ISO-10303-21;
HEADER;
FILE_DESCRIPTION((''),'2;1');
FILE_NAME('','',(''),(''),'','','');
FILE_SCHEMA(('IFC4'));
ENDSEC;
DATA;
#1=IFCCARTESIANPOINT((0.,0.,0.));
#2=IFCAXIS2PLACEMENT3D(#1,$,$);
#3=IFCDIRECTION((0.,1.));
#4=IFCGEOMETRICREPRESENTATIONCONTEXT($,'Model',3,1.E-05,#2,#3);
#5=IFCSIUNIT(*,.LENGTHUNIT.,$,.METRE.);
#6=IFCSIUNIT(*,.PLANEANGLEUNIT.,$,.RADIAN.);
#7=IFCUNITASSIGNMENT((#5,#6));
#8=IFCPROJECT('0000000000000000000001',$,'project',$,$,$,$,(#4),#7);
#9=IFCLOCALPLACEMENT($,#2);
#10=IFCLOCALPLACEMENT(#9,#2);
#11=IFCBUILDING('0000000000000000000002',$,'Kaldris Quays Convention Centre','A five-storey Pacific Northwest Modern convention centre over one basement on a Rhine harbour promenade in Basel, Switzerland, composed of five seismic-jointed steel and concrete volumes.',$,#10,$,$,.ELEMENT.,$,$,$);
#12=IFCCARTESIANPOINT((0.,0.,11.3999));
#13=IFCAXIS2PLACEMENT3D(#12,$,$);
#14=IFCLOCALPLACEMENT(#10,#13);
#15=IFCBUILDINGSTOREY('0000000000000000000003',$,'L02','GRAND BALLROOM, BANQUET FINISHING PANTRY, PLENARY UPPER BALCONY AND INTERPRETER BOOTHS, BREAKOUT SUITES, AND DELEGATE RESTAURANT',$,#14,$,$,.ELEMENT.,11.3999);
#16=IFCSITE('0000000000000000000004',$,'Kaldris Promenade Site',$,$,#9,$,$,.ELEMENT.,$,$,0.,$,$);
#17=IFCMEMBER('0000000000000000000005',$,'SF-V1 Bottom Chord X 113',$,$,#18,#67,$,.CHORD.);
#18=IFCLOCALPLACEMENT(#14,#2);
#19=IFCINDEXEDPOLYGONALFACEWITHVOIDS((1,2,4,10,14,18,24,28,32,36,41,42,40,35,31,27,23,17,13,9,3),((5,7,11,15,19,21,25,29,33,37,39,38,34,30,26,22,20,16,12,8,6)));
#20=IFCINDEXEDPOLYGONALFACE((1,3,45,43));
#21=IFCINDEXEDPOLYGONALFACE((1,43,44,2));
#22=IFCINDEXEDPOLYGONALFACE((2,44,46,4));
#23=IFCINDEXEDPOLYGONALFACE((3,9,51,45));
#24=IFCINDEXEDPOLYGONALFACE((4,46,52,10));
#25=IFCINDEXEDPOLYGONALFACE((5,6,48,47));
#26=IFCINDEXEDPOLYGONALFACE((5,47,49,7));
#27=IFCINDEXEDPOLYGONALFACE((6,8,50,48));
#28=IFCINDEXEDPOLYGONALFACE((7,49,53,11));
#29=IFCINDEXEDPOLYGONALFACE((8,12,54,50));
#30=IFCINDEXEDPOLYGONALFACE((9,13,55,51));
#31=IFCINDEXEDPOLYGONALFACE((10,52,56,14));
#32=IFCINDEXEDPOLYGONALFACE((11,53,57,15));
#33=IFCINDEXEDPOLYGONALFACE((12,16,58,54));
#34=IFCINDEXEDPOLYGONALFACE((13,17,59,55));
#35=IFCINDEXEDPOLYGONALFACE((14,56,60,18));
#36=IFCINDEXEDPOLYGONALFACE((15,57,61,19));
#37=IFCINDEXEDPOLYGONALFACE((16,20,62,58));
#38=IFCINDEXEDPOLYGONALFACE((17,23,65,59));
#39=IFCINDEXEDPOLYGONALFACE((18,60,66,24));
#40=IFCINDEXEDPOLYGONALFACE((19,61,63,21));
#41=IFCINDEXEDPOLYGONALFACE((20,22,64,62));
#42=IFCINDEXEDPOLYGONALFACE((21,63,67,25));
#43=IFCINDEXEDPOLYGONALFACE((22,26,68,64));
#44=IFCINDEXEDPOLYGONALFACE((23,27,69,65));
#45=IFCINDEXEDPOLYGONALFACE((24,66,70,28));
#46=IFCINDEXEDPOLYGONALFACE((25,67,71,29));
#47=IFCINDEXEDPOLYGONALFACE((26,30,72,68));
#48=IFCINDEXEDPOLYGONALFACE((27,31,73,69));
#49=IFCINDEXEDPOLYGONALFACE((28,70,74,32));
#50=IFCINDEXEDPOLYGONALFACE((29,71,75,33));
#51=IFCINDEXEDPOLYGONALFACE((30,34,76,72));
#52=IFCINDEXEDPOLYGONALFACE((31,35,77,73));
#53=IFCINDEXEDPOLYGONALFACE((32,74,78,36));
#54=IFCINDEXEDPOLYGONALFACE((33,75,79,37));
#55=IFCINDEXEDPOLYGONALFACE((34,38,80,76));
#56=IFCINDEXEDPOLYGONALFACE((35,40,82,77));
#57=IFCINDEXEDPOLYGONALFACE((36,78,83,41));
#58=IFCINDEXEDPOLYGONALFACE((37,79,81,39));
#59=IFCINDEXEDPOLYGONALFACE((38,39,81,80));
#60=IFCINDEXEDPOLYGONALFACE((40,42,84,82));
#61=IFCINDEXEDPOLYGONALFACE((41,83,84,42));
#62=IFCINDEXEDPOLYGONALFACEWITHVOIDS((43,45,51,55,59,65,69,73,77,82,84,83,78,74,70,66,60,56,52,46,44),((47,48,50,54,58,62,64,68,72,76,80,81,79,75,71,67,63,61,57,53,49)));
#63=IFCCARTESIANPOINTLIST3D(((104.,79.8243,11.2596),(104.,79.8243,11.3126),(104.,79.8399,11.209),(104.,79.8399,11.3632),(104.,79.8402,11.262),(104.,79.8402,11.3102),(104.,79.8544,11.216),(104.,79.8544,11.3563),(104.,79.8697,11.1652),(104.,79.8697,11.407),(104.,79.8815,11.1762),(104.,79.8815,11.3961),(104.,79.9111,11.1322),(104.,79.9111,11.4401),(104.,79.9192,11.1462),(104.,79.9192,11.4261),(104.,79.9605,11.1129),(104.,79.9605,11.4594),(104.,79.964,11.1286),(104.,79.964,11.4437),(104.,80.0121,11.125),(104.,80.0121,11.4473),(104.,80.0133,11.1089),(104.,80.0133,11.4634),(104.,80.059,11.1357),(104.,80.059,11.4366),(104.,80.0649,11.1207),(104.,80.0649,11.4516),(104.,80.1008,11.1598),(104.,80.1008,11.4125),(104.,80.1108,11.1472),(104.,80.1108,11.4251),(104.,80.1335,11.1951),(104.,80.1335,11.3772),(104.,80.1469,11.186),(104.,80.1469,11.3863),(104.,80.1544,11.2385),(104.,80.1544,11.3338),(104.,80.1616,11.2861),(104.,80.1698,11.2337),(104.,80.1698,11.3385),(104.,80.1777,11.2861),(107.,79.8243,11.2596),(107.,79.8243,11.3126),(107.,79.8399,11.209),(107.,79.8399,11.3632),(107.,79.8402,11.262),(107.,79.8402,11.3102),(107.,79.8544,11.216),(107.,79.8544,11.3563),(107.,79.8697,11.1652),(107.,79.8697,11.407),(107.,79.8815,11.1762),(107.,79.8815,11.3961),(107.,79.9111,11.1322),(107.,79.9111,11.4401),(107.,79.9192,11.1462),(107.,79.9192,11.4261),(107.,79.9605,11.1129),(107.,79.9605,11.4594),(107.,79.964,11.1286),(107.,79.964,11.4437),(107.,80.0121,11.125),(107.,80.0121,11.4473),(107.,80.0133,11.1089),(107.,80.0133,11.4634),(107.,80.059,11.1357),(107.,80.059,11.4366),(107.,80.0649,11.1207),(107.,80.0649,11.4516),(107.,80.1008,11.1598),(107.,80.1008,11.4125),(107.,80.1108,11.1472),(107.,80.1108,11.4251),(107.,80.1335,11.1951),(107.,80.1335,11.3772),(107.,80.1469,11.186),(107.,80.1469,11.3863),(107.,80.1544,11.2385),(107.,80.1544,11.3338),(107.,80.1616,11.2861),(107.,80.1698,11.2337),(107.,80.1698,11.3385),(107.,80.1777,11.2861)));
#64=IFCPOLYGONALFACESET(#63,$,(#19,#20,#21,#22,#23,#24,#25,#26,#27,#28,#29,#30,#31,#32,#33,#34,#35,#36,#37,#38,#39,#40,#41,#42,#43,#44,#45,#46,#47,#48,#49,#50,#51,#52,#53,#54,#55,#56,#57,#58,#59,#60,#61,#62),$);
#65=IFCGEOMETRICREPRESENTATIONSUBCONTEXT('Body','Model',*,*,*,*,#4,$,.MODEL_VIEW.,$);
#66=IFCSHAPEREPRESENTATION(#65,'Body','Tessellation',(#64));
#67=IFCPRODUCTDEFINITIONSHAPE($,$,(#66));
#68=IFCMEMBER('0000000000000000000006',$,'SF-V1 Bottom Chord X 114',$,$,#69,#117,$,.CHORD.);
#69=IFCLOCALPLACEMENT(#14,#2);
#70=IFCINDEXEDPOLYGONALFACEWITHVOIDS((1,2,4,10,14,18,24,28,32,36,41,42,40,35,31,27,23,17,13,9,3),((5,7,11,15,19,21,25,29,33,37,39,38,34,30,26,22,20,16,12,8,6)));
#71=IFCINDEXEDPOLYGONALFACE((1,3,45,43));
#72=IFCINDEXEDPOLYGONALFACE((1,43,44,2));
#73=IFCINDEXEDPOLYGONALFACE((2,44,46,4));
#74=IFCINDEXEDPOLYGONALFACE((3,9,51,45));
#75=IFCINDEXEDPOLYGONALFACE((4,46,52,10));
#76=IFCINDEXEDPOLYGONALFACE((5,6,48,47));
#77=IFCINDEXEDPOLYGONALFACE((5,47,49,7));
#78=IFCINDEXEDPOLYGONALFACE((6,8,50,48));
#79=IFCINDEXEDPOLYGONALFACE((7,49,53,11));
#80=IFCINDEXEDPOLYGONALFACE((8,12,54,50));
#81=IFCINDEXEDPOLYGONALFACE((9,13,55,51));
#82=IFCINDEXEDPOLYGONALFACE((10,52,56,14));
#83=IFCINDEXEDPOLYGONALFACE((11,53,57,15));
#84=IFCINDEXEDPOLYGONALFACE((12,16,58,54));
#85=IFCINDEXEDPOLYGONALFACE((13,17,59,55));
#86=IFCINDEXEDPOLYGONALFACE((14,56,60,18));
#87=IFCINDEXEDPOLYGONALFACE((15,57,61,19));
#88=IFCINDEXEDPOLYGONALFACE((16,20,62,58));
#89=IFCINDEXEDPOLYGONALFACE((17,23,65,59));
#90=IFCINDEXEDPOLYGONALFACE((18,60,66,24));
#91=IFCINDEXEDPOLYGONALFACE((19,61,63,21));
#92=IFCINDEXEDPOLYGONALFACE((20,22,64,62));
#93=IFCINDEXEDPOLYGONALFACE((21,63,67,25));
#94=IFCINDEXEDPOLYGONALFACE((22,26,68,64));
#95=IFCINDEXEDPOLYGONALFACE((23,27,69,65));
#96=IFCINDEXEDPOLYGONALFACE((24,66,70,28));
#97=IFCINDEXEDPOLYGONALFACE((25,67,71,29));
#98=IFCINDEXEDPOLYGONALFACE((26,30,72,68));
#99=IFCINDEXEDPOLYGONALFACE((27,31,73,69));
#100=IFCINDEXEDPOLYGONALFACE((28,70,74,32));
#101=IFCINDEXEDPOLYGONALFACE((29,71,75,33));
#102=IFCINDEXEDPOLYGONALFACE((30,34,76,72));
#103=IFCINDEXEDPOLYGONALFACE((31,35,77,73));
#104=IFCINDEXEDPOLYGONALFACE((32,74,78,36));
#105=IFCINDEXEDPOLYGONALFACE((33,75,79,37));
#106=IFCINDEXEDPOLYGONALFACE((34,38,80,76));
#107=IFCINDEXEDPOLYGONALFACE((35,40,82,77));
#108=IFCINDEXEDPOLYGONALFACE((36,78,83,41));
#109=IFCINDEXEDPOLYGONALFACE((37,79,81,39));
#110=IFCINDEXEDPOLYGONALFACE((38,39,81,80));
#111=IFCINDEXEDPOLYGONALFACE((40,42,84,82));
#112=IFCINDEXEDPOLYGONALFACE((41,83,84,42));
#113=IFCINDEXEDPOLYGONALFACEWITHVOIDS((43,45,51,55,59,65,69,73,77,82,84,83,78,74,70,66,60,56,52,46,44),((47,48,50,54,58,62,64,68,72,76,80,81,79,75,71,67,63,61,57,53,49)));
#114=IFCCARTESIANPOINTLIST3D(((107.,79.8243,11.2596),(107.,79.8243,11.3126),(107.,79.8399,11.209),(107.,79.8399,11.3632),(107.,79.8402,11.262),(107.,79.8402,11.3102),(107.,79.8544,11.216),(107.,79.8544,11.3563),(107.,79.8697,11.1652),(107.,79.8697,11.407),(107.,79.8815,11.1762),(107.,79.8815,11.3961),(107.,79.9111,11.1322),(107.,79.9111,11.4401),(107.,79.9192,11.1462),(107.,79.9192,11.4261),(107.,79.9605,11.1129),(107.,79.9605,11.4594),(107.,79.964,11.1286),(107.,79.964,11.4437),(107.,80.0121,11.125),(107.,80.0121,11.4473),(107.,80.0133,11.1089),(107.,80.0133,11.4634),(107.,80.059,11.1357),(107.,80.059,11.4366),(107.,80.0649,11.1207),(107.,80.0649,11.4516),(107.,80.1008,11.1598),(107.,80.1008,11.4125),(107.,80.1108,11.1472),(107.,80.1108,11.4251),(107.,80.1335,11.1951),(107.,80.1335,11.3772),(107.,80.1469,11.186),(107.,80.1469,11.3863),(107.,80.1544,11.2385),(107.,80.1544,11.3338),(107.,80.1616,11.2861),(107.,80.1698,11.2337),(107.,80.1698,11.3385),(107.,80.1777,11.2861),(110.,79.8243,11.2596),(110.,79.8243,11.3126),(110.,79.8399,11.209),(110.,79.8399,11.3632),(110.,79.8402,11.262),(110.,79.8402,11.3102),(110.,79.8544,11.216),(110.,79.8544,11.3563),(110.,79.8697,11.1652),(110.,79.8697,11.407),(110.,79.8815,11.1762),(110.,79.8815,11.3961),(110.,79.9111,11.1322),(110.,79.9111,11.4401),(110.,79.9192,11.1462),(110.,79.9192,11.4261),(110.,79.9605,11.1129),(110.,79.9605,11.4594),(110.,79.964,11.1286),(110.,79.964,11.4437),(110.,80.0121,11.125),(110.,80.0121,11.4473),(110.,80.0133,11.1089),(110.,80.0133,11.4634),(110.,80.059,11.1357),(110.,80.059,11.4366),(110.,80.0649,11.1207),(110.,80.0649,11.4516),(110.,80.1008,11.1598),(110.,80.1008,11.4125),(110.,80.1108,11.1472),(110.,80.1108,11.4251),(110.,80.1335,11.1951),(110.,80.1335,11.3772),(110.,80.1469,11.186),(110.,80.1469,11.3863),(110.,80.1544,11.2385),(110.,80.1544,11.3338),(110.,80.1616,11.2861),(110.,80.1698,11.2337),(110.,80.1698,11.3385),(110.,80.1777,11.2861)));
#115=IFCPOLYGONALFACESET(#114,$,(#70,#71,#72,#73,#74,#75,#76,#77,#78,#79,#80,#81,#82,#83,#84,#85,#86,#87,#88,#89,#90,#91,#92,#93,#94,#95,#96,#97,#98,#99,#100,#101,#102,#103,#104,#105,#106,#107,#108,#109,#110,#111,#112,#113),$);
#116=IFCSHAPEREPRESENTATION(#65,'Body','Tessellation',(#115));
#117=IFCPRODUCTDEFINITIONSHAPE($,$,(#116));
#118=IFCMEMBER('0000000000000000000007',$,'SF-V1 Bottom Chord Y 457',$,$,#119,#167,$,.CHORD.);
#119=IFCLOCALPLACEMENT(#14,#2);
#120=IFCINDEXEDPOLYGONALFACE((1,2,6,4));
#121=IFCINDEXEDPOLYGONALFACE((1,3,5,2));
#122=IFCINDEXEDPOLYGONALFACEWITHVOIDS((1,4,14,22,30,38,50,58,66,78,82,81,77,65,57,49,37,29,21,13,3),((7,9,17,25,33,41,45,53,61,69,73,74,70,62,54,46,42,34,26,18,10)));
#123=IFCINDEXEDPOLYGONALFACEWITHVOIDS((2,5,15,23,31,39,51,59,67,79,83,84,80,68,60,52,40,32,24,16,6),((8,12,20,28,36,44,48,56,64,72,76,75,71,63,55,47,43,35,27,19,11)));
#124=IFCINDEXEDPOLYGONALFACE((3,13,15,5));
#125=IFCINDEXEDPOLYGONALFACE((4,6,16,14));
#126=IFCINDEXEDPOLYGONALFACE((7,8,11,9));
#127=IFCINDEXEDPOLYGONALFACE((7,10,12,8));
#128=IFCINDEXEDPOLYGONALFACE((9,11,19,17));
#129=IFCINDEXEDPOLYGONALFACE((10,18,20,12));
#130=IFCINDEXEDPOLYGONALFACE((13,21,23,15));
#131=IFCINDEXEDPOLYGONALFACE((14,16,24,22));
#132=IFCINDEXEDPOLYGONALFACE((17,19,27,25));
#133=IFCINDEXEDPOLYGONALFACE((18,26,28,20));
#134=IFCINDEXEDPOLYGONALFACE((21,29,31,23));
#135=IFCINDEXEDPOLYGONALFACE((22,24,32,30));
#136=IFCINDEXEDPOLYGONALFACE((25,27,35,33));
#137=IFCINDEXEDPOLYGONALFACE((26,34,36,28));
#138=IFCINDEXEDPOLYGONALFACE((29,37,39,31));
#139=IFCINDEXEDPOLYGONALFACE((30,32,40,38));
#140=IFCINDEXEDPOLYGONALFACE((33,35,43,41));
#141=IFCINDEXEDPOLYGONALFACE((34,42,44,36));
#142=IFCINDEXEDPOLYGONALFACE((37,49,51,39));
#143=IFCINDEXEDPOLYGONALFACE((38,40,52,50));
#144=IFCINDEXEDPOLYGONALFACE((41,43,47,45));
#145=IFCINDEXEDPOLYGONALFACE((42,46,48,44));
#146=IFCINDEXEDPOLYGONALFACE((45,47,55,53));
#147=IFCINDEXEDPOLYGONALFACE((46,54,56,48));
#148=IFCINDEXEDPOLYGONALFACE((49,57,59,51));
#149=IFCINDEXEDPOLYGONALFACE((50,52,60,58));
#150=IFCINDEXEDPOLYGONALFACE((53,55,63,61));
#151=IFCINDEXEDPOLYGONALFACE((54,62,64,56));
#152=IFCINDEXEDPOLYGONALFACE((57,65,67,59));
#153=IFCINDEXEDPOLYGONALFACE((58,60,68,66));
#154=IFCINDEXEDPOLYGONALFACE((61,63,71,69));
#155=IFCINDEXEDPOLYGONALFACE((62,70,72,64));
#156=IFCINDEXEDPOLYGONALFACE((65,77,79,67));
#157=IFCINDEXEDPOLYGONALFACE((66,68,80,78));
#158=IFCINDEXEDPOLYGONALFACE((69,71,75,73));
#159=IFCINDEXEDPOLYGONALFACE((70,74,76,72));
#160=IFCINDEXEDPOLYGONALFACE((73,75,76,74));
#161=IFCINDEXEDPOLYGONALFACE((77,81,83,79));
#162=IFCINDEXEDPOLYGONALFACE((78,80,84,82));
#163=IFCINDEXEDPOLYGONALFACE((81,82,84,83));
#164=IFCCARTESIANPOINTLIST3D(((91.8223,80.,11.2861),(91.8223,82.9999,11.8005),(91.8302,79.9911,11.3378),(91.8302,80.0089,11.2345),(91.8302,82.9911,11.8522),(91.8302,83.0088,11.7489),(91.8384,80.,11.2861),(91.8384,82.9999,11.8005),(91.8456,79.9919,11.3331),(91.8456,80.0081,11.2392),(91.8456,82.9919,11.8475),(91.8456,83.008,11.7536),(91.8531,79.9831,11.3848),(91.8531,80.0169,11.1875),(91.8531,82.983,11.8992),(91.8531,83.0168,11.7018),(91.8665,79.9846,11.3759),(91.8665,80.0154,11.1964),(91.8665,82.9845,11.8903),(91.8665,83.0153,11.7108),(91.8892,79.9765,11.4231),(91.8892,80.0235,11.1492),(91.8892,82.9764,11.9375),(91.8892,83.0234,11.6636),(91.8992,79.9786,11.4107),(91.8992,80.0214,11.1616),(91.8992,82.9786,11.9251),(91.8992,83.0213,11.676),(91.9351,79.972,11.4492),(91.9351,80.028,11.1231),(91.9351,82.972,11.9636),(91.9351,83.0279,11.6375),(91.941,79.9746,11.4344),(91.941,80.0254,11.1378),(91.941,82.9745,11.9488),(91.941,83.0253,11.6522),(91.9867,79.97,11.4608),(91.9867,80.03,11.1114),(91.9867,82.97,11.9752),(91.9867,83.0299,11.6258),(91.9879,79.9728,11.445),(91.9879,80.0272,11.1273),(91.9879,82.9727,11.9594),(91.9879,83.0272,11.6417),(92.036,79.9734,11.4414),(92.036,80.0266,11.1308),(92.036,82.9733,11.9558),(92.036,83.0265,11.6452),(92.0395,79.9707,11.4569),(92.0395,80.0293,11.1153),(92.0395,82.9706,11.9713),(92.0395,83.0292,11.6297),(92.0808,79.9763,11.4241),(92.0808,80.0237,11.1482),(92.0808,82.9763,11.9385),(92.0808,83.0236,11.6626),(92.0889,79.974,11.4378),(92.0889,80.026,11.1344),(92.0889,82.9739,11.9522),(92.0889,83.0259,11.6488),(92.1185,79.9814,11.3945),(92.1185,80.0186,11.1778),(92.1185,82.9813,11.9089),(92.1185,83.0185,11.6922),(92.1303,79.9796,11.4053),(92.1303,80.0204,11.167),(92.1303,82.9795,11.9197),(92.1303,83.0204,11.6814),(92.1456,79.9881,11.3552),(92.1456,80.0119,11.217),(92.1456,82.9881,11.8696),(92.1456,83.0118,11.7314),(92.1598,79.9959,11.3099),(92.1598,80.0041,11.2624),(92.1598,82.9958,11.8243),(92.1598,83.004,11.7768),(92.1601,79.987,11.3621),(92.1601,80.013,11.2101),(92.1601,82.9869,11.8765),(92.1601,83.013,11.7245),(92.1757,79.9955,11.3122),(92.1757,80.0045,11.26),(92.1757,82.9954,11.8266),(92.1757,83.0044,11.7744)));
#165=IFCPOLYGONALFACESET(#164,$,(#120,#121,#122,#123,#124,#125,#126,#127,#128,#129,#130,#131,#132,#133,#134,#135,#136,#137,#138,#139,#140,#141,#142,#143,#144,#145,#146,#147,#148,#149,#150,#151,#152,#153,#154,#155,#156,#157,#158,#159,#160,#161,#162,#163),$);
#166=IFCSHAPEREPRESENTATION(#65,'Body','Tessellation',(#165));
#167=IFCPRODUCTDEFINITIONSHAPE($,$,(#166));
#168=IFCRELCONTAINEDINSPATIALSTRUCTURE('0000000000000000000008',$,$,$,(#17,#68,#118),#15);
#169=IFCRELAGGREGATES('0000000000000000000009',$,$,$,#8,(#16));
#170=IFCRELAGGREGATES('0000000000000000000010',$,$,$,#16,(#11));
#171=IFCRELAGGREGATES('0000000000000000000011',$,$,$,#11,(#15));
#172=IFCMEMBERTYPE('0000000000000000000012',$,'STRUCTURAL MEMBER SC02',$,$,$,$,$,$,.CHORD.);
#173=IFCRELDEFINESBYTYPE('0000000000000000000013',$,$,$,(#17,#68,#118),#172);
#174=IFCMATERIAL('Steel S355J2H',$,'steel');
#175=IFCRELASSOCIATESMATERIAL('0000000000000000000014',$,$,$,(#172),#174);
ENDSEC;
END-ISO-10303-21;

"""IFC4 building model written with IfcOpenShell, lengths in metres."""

from ifc_helpers import new_model, si_unit, direction, frame, origin, origin_2d, place, context, subcontext, project, spatial, hollow_circle, extrude, material, material_profile, profile_set, type_object, element, save


model = new_model("IFC4")

# Units and contexts
model_context = context("Model", 3, precision=1e-05, world=origin(), true_north=direction((0.0, 1.0)))
body_context = subcontext(model_context, "Body", "Model", "MODEL_VIEW")
ifc_project = project(units=[si_unit("LENGTHUNIT", "METRE"), si_unit("PLANEANGLEUNIT", "RADIAN")], contexts=[model_context])

# Site, building, storey
site_placement = place(None, origin())
site = spatial("IfcSite", under=ifc_project, at=site_placement, Name="Kaldris Promenade Site", CompositionType="ELEMENT", RefElevation=0.0)
building_placement = place(site_placement, origin())
building = spatial("IfcBuilding", under=site, at=building_placement, Name="Kaldris Quays Convention Centre", Description="A five-storey Pacific Northwest Modern convention centre over one basement on a Rhine harbour promenade in Basel, Switzerland, composed of five seismic-jointed steel and concrete volumes.", CompositionType="ELEMENT")
storey_placement = place(building_placement, frame((0.0, 0.0, 11.3999)))
storey = spatial("IfcBuildingStorey", under=building, at=storey_placement, Name="L02", Description="GRAND BALLROOM, BANQUET FINISHING PANTRY, PLENARY UPPER BALCONY AND INTERPRETER BOOTHS, BREAKOUT SUITES, AND DELEGATE RESTAURANT", CompositionType="ELEMENT", Elevation=11.3999)

# Members
ifc_material = material(Name="Steel S355J2H", Category="steel")
ifc_material_profile_1 = material_profile(ifc_material, hollow_circle(Radius=0.1777, WallThickness=0.0161, at=origin_2d()), Name="CHS 355.6x16")
ifc_profile_set_1 = profile_set([ifc_material_profile_1], Name="Steel S355J2H")
member_type_1 = type_object("IfcMemberType", Name="STRUCTURAL MEMBER SC02", PredefinedType="CHORD", material=ifc_profile_set_1)
for number, where, z_axis, x_axis, name in (
    (1, (104.0, 80.0, 11.2861), (1.0, 0.0, 0.0), (0.0, 1.0, 0.0), "SF-V1 Bottom Chord X 113"),
    (2, (107.0, 80.0, 11.2861), (1.0, 0.0, 0.0), (0.0, 1.0, 0.0), "SF-V1 Bottom Chord X 114"),
):
    element("IfcMember", number, at=place(storey_placement, frame(where, z_axis=z_axis, x_axis=x_axis)), inside=storey, type_object=member_type_1, Name=name, PredefinedType="CHORD", context=body_context, shape_type="SweptSolid", body=[
        extrude(hollow_circle(Radius=0.1777, WallThickness=0.0161, at=origin_2d()), origin(), (0.0, 0.0, 1.0), 3.0),
    ])
for number, where, z_axis, x_axis, name in (
    (3, (92.0, 80.0, 11.2861), (0.0, 0.985616, 0.169002), (-1.0, 0.0, 0.0), "SF-V1 Bottom Chord Y 457"),
):
    element("IfcMember", number, at=place(storey_placement, frame(where, z_axis=z_axis, x_axis=x_axis)), inside=storey, type_object=member_type_1, Name=name, PredefinedType="CHORD", context=body_context, shape_type="SweptSolid", body=[
        extrude(hollow_circle(Radius=0.1777, WallThickness=0.0161, at=origin_2d()), origin(), (0.0, 0.0, 1.0), 3.0437),
    ])

save(model, "model.ifc")
